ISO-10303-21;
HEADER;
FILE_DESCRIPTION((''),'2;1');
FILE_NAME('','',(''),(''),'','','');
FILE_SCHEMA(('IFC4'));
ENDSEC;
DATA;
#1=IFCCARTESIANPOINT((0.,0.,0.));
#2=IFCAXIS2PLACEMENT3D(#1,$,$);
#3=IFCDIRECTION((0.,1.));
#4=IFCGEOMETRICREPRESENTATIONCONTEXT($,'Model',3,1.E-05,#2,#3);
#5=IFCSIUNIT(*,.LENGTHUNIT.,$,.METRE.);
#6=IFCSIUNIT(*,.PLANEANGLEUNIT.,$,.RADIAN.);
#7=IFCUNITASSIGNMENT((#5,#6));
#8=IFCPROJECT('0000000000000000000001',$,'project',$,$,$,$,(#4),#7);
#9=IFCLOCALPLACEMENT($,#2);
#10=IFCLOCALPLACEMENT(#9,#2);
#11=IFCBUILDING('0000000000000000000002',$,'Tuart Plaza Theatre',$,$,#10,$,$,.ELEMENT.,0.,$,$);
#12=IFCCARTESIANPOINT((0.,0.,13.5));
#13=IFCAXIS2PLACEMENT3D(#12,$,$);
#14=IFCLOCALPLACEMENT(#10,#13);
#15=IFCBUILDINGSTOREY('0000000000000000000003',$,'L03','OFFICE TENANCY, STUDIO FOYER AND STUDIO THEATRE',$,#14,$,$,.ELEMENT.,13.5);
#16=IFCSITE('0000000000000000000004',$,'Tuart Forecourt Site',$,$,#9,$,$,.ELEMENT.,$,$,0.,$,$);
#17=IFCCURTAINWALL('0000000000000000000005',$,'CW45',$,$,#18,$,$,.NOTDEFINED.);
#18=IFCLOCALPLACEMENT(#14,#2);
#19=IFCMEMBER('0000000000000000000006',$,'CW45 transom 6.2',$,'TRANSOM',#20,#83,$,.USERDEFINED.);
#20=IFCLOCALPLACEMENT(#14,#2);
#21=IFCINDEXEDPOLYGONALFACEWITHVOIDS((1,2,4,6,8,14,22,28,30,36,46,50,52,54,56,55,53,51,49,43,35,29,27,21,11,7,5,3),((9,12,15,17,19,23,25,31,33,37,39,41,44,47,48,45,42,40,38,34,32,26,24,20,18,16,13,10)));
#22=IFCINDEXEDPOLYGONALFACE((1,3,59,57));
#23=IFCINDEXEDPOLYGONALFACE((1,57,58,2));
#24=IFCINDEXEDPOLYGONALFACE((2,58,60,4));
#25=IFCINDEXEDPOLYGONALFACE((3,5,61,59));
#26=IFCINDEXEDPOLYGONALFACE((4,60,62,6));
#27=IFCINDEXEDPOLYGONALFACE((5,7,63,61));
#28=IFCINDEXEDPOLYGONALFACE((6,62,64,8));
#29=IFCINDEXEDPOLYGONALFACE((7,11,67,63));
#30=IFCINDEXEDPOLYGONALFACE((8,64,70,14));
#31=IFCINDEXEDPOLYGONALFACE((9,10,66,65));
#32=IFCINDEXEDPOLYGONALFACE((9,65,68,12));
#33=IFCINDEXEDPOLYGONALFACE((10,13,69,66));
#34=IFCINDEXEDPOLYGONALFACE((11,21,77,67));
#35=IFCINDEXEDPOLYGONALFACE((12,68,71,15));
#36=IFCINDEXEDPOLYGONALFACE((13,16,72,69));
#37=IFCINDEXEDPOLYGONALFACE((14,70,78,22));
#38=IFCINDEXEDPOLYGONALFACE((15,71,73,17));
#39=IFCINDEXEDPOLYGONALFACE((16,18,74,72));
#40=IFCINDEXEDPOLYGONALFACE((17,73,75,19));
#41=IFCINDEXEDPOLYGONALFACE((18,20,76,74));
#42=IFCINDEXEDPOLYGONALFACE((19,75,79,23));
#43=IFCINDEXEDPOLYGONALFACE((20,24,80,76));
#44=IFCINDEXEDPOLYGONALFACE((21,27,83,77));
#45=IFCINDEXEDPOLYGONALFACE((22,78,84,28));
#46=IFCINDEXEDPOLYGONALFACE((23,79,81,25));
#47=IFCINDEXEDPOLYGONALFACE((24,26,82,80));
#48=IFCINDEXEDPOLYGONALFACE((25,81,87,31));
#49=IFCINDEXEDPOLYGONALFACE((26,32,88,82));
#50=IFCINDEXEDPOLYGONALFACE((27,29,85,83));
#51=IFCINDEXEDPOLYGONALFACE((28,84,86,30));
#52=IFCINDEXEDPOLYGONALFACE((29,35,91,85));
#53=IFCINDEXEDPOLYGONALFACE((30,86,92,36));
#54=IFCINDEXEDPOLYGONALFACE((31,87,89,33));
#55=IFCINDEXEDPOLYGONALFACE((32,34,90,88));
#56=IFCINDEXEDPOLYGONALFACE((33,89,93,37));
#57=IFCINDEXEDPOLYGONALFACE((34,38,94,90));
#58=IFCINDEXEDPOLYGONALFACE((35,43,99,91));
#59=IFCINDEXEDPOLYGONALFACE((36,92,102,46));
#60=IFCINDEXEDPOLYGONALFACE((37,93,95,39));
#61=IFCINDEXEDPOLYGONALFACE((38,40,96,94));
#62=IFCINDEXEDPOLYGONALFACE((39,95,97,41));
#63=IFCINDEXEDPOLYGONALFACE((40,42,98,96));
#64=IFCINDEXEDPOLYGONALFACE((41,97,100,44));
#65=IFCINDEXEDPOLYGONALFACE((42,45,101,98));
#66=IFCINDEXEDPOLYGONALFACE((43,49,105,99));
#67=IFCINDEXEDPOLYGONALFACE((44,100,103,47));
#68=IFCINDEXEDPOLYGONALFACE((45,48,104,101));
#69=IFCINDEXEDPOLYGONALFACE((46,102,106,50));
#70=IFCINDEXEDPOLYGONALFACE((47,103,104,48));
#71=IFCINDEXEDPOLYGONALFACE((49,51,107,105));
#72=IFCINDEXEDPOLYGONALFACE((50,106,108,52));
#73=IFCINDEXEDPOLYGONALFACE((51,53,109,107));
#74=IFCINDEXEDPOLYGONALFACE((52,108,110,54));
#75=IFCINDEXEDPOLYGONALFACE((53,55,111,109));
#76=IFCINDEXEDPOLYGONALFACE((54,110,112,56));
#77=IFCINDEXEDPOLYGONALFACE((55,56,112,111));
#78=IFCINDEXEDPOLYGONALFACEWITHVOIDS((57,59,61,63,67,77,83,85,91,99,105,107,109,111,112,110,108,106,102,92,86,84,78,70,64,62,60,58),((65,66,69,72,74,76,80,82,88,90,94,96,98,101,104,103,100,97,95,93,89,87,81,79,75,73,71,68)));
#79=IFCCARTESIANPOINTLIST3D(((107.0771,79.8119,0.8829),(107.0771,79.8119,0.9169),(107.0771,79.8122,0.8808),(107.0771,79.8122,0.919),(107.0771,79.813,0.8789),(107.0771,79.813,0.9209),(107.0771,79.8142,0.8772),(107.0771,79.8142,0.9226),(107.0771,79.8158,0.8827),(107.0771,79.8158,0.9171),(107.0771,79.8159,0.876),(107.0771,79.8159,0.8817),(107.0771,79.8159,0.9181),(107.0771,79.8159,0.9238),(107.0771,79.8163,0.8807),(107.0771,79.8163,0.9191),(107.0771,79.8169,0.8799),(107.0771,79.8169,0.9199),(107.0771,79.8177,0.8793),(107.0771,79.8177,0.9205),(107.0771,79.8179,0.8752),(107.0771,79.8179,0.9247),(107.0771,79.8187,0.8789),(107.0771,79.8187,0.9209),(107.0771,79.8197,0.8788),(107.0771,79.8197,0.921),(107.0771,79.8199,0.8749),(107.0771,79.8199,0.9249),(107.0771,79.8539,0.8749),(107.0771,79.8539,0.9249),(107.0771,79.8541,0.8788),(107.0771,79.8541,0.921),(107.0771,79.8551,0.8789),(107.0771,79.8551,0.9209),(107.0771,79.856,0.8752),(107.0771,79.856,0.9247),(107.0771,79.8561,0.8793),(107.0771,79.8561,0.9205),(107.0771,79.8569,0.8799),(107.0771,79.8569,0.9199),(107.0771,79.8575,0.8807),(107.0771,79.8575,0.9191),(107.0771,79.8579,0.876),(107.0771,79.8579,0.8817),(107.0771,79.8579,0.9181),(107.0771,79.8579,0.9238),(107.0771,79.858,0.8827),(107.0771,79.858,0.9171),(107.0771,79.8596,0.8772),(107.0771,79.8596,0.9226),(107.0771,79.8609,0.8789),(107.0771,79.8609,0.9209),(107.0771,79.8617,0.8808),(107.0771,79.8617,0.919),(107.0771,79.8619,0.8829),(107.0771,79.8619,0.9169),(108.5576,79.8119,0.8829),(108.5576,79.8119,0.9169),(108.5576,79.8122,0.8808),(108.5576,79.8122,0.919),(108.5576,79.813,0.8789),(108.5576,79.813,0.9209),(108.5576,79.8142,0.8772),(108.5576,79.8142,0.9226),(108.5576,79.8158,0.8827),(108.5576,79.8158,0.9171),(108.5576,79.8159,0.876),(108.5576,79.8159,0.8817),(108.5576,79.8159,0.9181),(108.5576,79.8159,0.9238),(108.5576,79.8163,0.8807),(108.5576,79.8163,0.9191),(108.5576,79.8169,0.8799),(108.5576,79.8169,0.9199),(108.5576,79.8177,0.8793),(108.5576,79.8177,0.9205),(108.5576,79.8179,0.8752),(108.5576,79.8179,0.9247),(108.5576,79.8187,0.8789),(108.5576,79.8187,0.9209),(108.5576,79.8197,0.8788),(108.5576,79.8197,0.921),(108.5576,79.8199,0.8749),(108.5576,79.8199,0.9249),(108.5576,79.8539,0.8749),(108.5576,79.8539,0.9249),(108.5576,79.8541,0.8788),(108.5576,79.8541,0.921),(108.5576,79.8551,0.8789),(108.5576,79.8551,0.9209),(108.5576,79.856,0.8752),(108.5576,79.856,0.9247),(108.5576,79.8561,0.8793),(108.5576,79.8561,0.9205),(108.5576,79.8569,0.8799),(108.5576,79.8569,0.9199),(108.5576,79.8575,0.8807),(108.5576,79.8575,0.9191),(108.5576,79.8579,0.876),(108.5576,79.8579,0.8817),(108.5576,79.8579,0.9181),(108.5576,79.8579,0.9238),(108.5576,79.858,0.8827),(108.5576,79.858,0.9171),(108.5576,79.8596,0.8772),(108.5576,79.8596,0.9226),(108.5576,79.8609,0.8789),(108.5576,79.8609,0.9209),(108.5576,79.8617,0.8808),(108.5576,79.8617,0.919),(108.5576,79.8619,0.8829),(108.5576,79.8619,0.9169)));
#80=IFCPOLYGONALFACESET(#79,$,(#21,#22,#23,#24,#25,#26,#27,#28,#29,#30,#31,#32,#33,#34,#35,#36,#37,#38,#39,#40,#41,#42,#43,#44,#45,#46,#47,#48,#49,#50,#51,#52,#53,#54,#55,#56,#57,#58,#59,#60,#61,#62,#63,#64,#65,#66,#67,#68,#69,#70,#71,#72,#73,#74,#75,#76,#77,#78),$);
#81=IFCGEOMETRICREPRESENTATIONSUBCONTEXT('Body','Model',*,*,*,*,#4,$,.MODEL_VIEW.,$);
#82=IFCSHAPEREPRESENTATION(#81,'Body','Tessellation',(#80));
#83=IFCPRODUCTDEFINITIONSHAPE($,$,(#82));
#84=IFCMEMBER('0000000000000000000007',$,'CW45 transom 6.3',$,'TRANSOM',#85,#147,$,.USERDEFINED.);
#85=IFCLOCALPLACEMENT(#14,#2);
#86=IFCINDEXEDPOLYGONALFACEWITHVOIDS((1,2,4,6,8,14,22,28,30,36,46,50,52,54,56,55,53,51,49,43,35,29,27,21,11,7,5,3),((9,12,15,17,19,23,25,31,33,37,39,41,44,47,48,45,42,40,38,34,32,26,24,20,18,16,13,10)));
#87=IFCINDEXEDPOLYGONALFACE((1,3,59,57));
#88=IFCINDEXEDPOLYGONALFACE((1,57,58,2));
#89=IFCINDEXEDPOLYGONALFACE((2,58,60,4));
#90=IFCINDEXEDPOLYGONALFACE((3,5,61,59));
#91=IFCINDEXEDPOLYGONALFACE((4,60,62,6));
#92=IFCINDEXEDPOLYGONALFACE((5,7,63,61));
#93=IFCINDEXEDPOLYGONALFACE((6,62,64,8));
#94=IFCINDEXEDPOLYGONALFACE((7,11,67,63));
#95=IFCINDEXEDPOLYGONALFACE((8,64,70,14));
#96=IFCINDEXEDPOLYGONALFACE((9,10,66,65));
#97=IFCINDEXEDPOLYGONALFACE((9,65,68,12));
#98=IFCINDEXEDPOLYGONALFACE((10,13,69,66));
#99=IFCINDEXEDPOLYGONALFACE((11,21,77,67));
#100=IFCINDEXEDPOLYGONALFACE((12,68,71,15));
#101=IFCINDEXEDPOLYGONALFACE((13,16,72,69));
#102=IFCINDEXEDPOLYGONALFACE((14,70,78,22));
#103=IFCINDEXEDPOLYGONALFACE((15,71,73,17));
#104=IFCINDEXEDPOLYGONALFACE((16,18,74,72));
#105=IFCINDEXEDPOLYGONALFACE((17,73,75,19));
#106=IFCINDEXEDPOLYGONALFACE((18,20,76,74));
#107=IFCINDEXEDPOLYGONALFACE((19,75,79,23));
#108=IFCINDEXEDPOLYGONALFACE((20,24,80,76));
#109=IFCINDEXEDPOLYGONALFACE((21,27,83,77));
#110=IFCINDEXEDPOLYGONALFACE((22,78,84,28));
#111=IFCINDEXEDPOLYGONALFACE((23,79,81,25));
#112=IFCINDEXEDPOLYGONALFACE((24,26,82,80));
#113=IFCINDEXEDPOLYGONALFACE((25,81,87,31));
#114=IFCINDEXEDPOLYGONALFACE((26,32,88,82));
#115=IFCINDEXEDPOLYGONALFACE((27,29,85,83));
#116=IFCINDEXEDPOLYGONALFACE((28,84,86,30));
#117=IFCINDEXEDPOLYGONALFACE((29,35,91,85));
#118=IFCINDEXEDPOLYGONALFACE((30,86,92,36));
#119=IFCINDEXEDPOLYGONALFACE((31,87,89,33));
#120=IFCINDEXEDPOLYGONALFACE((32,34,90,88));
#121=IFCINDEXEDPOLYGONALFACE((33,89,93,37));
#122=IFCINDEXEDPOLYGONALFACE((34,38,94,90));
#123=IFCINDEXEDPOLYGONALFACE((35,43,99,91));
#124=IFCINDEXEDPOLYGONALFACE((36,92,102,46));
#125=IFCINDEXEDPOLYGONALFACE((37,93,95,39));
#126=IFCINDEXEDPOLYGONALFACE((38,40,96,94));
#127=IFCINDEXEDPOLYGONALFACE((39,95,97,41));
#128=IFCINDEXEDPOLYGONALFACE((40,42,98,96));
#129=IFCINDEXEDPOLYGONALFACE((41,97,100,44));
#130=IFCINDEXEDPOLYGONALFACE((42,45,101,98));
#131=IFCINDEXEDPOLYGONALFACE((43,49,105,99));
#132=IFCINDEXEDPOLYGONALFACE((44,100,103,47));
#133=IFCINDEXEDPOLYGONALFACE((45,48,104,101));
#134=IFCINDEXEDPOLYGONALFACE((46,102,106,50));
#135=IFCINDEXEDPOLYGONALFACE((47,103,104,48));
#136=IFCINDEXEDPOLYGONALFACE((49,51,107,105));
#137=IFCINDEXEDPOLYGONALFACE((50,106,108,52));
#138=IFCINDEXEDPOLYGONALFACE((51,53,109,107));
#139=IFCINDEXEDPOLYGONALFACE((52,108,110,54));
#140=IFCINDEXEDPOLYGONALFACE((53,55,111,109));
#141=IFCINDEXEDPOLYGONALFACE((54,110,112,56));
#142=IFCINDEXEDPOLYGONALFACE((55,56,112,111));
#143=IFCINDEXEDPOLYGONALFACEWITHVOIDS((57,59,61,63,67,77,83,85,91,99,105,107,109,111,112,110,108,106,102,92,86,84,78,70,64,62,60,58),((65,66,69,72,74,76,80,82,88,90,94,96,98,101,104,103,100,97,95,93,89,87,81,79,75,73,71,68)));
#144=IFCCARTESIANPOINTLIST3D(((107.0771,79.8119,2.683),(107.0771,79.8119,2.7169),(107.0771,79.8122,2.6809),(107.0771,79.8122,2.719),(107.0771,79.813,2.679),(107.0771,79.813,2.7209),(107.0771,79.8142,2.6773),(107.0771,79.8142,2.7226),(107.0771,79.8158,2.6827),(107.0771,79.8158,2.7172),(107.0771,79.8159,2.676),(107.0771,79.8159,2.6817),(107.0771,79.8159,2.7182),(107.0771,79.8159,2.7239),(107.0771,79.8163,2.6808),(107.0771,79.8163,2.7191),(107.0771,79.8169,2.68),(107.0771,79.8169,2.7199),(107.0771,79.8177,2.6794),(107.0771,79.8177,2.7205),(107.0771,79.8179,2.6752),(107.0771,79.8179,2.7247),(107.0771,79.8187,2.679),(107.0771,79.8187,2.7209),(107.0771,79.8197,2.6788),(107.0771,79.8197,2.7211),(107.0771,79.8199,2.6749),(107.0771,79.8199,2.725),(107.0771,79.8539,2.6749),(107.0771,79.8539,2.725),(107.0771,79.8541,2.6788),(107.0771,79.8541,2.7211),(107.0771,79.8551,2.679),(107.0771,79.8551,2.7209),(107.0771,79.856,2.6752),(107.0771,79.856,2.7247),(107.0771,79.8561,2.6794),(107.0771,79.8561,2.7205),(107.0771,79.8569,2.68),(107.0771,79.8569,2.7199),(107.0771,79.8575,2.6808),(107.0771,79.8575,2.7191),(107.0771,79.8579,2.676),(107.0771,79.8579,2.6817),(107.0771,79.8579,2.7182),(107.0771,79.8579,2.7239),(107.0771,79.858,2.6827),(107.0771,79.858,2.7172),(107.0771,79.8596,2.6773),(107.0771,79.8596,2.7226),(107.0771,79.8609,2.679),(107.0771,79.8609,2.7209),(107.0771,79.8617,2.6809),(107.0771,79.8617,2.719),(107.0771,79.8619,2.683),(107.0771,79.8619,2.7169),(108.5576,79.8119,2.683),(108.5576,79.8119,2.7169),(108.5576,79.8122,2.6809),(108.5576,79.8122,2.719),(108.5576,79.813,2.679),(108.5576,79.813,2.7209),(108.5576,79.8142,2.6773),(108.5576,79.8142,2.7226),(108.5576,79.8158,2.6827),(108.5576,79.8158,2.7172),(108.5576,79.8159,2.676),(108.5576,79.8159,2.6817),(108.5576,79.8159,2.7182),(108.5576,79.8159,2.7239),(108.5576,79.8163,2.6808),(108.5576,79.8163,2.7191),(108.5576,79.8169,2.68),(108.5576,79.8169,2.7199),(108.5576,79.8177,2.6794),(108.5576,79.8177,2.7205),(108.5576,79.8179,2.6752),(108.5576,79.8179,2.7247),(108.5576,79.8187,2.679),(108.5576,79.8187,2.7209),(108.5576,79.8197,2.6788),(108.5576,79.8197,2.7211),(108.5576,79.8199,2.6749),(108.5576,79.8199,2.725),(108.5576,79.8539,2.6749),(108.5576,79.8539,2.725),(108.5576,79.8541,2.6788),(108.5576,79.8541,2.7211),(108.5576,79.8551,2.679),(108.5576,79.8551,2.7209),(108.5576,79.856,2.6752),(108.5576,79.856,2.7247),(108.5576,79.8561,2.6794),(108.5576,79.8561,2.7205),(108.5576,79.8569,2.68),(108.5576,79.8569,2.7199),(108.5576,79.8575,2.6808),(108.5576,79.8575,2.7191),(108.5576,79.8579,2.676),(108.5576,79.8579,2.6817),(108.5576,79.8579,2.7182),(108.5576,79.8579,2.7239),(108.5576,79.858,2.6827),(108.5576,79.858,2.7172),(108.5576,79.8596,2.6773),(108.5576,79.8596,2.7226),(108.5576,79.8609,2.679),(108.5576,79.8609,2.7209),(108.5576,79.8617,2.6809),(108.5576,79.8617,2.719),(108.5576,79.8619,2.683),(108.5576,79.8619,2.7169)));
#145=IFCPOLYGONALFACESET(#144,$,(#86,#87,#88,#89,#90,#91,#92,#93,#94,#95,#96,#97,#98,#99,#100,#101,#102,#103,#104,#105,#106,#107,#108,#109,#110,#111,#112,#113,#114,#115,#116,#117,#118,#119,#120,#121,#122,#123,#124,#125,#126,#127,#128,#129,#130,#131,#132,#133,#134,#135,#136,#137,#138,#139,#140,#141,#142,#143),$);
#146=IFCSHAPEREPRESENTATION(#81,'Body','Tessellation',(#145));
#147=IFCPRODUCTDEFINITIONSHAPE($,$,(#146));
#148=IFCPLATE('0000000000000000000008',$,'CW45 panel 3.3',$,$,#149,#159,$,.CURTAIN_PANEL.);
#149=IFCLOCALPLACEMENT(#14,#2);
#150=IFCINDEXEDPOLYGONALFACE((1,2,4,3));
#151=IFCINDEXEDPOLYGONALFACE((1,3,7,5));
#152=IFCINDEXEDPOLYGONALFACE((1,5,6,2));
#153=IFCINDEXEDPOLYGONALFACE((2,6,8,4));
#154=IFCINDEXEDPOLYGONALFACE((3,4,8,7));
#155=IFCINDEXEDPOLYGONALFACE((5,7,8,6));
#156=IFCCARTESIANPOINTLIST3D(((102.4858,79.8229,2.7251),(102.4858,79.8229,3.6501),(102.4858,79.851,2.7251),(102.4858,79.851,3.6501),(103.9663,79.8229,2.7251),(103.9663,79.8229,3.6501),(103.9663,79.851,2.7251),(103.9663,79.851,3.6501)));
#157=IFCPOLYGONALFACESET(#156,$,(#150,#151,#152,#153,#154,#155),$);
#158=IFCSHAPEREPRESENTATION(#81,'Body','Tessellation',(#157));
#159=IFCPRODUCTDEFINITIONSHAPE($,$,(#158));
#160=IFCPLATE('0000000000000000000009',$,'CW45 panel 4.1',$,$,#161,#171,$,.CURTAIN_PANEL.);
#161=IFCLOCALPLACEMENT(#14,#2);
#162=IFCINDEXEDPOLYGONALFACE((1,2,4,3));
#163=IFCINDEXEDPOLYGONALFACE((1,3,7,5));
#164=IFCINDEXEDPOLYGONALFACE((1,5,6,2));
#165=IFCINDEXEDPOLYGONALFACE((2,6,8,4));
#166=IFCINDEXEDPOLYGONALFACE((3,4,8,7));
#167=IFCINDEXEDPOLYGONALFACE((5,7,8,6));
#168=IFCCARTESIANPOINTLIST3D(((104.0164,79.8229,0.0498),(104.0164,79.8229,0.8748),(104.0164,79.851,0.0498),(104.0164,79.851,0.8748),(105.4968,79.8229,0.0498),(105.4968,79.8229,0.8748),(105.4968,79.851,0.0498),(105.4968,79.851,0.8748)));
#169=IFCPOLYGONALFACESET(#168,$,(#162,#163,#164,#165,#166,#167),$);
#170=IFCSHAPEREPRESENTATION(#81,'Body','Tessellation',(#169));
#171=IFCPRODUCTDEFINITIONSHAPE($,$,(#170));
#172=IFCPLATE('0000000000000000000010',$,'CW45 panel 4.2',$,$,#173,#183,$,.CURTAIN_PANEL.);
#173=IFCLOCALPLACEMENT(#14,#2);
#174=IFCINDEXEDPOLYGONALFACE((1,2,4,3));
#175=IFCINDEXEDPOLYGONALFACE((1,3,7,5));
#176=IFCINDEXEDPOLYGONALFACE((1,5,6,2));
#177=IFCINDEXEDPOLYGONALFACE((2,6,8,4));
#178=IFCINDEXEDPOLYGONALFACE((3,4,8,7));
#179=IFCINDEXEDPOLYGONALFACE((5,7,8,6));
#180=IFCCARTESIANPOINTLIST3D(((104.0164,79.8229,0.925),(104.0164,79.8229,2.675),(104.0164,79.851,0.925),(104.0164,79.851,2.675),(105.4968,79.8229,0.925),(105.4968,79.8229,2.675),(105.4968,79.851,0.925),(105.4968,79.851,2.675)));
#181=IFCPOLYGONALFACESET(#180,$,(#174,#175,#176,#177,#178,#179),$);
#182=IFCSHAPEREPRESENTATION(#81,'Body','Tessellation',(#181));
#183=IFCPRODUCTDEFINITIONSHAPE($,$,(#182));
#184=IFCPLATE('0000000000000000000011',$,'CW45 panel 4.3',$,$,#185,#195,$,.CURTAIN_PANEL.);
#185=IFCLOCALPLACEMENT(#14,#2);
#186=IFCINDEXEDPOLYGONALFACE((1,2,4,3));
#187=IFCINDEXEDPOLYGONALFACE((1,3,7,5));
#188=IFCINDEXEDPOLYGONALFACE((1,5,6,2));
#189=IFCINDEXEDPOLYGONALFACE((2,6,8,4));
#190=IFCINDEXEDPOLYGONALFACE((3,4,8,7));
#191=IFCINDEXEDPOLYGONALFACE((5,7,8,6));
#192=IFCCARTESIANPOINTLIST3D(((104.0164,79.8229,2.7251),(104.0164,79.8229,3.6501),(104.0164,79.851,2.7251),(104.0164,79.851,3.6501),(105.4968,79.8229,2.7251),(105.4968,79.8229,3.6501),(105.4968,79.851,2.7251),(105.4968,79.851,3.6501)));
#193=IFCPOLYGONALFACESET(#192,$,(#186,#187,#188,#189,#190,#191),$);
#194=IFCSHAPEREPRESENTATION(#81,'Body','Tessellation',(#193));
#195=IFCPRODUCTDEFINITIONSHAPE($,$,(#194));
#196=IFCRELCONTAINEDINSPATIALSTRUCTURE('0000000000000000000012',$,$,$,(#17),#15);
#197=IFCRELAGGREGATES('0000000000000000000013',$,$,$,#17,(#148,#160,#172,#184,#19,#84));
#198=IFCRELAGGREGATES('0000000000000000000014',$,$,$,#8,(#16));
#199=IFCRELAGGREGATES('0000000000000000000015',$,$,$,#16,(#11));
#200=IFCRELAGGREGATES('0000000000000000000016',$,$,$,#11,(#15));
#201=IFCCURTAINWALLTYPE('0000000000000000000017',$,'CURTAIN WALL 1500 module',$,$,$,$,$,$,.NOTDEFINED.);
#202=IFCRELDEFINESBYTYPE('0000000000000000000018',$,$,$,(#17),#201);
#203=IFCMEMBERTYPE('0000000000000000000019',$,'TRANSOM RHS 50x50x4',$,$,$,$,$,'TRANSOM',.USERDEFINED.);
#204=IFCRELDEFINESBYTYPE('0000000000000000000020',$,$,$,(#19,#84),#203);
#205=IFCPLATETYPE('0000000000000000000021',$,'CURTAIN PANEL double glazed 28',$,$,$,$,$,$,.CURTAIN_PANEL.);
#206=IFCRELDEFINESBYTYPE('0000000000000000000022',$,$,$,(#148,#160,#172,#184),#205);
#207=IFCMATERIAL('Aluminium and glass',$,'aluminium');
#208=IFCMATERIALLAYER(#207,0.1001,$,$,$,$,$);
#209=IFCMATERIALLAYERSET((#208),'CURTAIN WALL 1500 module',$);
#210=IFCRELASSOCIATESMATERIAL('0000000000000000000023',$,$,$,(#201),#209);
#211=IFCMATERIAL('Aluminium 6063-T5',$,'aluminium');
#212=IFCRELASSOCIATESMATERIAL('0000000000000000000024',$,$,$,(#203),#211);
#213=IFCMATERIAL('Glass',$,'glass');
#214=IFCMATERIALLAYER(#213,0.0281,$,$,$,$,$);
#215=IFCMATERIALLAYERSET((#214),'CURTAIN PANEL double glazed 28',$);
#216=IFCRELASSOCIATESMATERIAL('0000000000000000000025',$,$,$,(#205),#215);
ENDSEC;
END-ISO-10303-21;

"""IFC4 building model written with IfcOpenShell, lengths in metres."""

from ifc_helpers import new_model, si_unit, direction, frame, origin, origin_2d, place, context, subcontext, project, spatial, rectangle, hollow_rectangle, extrude, material, layer, layer_set, material_profile, profile_set, type_object, element, aggregate, save


model = new_model("IFC4")

# Units and contexts
model_context = context("Model", 3, precision=1e-05, world=origin(), true_north=direction((0.0, 1.0)))
body_context = subcontext(model_context, "Body", "Model", "MODEL_VIEW")
ifc_project = project(units=[si_unit("LENGTHUNIT", "METRE"), si_unit("PLANEANGLEUNIT", "RADIAN")], contexts=[model_context])

# Site, building, storey
site_placement = place(None, origin())
site = spatial("IfcSite", under=ifc_project, at=site_placement, Name="Tuart Forecourt Site", CompositionType="ELEMENT", RefElevation=0.0)
building_placement = place(site_placement, origin())
building = spatial("IfcBuilding", under=site, at=building_placement, Name="Tuart Plaza Theatre", CompositionType="ELEMENT", ElevationOfRefHeight=0.0)
storey_placement = place(building_placement, frame((0.0, 0.0, 13.5)))
storey = spatial("IfcBuildingStorey", under=building, at=storey_placement, Name="L03", Description="OFFICE TENANCY, STUDIO FOYER AND STUDIO THEATRE", CompositionType="ELEMENT", Elevation=13.5)

# Curtain wall, members, plates
ifc_material_1 = material(Name="Aluminium and glass", Category="aluminium")
ifc_layer_1 = layer(ifc_material_1, 0.1001)
ifc_layer_set_1 = layer_set([ifc_layer_1], Name="CURTAIN WALL 1500 module")
curtain_wall_type = type_object("IfcCurtainWallType", Name="CURTAIN WALL 1500 module", PredefinedType="NOTDEFINED", material=ifc_layer_set_1)
curtain_wall_placement = place(storey_placement, origin())
curtain_wall = element("IfcCurtainWall", 1, at=curtain_wall_placement, inside=storey, type_object=curtain_wall_type, Name="CW45", PredefinedType="NOTDEFINED")
ifc_material_2 = material(Name="Aluminium 6063-T5", Category="aluminium")
ifc_material_profile_1 = material_profile(ifc_material_2, hollow_rectangle(XDim=0.05, YDim=0.05, WallThickness=0.0039, InnerFilletRadius=0.0039, OuterFilletRadius=0.0081, at=origin_2d()), Name="RHS 50x50x4")
ifc_profile_set_1 = profile_set([ifc_material_profile_1], Name="Aluminium 6063-T5")
member_type_1 = type_object("IfcMemberType", Name="TRANSOM RHS 50x50x4", ElementType="TRANSOM", PredefinedType="USERDEFINED", material=ifc_profile_set_1)
member_1_placement = place(storey_placement, frame((107.0771, 79.8369, 0.8999), z_axis=(1.0, 0.0, 0.0), x_axis=(0.0, 1.0, 0.0)))
member_1 = element("IfcMember", 2, at=member_1_placement, type_object=member_type_1, Name="CW45 transom 6.2", ObjectType="TRANSOM", PredefinedType="USERDEFINED", context=body_context, shape_type="SweptSolid", body=[
    extrude(hollow_rectangle(XDim=0.05, YDim=0.05, WallThickness=0.0039, InnerFilletRadius=0.0039, OuterFilletRadius=0.0081, at=origin_2d()), origin(), (0.0, 0.0, 1.0), 1.4805),
])
member_2_placement = place(storey_placement, frame((107.0771, 79.8369, 2.7), z_axis=(1.0, 0.0, 0.0), x_axis=(0.0, 1.0, 0.0)))
member_2 = element("IfcMember", 3, at=member_2_placement, type_object=member_type_1, Name="CW45 transom 6.3", ObjectType="TRANSOM", PredefinedType="USERDEFINED", context=body_context, shape_type="SweptSolid", body=[
    extrude(hollow_rectangle(XDim=0.05, YDim=0.05, WallThickness=0.0039, InnerFilletRadius=0.0039, OuterFilletRadius=0.0081, at=origin_2d()), origin(), (0.0, 0.0, 1.0), 1.4805),
])
ifc_material_3 = material(Name="Glass", Category="glass")
ifc_layer_2 = layer(ifc_material_3, 0.0281)
ifc_layer_set_2 = layer_set([ifc_layer_2], Name="CURTAIN PANEL double glazed 28")
plate_type = type_object("IfcPlateType", Name="CURTAIN PANEL double glazed 28", PredefinedType="CURTAIN_PANEL", material=ifc_layer_set_2)
plate_1_placement = place(storey_placement, frame((103.2261, 79.8369, 2.7251), z_axis=(0.0, 0.0, 1.0), x_axis=(1.0, 0.0, 0.0)))
plate_1 = element("IfcPlate", 4, at=plate_1_placement, type_object=plate_type, Name="CW45 panel 3.3", PredefinedType="CURTAIN_PANEL", context=body_context, shape_type="SweptSolid", body=[
    extrude(rectangle(XDim=1.4805, YDim=0.0281, at=origin_2d()), origin(), (0.0, 0.0, 1.0), 0.925),
])
plate_2_placement = place(storey_placement, frame((104.7566, 79.8369, 0.0498), z_axis=(0.0, 0.0, 1.0), x_axis=(1.0, 0.0, 0.0)))
plate_2 = element("IfcPlate", 5, at=plate_2_placement, type_object=plate_type, Name="CW45 panel 4.1", PredefinedType="CURTAIN_PANEL", context=body_context, shape_type="SweptSolid", body=[
    extrude(rectangle(XDim=1.4805, YDim=0.0281, at=origin_2d()), origin(), (0.0, 0.0, 1.0), 0.825),
])
plate_3_placement = place(storey_placement, frame((104.7566, 79.8369, 0.925), z_axis=(0.0, 0.0, 1.0), x_axis=(1.0, 0.0, 0.0)))
plate_3 = element("IfcPlate", 6, at=plate_3_placement, type_object=plate_type, Name="CW45 panel 4.2", PredefinedType="CURTAIN_PANEL", context=body_context, shape_type="SweptSolid", body=[
    extrude(rectangle(XDim=1.4805, YDim=0.0281, at=origin_2d()), origin(), (0.0, 0.0, 1.0), 1.75),
])
plate_4_placement = place(storey_placement, frame((104.7566, 79.8369, 2.7251), z_axis=(0.0, 0.0, 1.0), x_axis=(1.0, 0.0, 0.0)))
plate_4 = element("IfcPlate", 7, at=plate_4_placement, type_object=plate_type, Name="CW45 panel 4.3", PredefinedType="CURTAIN_PANEL", context=body_context, shape_type="SweptSolid", body=[
    extrude(rectangle(XDim=1.4805, YDim=0.0281, at=origin_2d()), origin(), (0.0, 0.0, 1.0), 0.925),
])
aggregate(curtain_wall, [plate_1, plate_2, plate_3, plate_4, member_1, member_2])

save(model, "model.ifc")
